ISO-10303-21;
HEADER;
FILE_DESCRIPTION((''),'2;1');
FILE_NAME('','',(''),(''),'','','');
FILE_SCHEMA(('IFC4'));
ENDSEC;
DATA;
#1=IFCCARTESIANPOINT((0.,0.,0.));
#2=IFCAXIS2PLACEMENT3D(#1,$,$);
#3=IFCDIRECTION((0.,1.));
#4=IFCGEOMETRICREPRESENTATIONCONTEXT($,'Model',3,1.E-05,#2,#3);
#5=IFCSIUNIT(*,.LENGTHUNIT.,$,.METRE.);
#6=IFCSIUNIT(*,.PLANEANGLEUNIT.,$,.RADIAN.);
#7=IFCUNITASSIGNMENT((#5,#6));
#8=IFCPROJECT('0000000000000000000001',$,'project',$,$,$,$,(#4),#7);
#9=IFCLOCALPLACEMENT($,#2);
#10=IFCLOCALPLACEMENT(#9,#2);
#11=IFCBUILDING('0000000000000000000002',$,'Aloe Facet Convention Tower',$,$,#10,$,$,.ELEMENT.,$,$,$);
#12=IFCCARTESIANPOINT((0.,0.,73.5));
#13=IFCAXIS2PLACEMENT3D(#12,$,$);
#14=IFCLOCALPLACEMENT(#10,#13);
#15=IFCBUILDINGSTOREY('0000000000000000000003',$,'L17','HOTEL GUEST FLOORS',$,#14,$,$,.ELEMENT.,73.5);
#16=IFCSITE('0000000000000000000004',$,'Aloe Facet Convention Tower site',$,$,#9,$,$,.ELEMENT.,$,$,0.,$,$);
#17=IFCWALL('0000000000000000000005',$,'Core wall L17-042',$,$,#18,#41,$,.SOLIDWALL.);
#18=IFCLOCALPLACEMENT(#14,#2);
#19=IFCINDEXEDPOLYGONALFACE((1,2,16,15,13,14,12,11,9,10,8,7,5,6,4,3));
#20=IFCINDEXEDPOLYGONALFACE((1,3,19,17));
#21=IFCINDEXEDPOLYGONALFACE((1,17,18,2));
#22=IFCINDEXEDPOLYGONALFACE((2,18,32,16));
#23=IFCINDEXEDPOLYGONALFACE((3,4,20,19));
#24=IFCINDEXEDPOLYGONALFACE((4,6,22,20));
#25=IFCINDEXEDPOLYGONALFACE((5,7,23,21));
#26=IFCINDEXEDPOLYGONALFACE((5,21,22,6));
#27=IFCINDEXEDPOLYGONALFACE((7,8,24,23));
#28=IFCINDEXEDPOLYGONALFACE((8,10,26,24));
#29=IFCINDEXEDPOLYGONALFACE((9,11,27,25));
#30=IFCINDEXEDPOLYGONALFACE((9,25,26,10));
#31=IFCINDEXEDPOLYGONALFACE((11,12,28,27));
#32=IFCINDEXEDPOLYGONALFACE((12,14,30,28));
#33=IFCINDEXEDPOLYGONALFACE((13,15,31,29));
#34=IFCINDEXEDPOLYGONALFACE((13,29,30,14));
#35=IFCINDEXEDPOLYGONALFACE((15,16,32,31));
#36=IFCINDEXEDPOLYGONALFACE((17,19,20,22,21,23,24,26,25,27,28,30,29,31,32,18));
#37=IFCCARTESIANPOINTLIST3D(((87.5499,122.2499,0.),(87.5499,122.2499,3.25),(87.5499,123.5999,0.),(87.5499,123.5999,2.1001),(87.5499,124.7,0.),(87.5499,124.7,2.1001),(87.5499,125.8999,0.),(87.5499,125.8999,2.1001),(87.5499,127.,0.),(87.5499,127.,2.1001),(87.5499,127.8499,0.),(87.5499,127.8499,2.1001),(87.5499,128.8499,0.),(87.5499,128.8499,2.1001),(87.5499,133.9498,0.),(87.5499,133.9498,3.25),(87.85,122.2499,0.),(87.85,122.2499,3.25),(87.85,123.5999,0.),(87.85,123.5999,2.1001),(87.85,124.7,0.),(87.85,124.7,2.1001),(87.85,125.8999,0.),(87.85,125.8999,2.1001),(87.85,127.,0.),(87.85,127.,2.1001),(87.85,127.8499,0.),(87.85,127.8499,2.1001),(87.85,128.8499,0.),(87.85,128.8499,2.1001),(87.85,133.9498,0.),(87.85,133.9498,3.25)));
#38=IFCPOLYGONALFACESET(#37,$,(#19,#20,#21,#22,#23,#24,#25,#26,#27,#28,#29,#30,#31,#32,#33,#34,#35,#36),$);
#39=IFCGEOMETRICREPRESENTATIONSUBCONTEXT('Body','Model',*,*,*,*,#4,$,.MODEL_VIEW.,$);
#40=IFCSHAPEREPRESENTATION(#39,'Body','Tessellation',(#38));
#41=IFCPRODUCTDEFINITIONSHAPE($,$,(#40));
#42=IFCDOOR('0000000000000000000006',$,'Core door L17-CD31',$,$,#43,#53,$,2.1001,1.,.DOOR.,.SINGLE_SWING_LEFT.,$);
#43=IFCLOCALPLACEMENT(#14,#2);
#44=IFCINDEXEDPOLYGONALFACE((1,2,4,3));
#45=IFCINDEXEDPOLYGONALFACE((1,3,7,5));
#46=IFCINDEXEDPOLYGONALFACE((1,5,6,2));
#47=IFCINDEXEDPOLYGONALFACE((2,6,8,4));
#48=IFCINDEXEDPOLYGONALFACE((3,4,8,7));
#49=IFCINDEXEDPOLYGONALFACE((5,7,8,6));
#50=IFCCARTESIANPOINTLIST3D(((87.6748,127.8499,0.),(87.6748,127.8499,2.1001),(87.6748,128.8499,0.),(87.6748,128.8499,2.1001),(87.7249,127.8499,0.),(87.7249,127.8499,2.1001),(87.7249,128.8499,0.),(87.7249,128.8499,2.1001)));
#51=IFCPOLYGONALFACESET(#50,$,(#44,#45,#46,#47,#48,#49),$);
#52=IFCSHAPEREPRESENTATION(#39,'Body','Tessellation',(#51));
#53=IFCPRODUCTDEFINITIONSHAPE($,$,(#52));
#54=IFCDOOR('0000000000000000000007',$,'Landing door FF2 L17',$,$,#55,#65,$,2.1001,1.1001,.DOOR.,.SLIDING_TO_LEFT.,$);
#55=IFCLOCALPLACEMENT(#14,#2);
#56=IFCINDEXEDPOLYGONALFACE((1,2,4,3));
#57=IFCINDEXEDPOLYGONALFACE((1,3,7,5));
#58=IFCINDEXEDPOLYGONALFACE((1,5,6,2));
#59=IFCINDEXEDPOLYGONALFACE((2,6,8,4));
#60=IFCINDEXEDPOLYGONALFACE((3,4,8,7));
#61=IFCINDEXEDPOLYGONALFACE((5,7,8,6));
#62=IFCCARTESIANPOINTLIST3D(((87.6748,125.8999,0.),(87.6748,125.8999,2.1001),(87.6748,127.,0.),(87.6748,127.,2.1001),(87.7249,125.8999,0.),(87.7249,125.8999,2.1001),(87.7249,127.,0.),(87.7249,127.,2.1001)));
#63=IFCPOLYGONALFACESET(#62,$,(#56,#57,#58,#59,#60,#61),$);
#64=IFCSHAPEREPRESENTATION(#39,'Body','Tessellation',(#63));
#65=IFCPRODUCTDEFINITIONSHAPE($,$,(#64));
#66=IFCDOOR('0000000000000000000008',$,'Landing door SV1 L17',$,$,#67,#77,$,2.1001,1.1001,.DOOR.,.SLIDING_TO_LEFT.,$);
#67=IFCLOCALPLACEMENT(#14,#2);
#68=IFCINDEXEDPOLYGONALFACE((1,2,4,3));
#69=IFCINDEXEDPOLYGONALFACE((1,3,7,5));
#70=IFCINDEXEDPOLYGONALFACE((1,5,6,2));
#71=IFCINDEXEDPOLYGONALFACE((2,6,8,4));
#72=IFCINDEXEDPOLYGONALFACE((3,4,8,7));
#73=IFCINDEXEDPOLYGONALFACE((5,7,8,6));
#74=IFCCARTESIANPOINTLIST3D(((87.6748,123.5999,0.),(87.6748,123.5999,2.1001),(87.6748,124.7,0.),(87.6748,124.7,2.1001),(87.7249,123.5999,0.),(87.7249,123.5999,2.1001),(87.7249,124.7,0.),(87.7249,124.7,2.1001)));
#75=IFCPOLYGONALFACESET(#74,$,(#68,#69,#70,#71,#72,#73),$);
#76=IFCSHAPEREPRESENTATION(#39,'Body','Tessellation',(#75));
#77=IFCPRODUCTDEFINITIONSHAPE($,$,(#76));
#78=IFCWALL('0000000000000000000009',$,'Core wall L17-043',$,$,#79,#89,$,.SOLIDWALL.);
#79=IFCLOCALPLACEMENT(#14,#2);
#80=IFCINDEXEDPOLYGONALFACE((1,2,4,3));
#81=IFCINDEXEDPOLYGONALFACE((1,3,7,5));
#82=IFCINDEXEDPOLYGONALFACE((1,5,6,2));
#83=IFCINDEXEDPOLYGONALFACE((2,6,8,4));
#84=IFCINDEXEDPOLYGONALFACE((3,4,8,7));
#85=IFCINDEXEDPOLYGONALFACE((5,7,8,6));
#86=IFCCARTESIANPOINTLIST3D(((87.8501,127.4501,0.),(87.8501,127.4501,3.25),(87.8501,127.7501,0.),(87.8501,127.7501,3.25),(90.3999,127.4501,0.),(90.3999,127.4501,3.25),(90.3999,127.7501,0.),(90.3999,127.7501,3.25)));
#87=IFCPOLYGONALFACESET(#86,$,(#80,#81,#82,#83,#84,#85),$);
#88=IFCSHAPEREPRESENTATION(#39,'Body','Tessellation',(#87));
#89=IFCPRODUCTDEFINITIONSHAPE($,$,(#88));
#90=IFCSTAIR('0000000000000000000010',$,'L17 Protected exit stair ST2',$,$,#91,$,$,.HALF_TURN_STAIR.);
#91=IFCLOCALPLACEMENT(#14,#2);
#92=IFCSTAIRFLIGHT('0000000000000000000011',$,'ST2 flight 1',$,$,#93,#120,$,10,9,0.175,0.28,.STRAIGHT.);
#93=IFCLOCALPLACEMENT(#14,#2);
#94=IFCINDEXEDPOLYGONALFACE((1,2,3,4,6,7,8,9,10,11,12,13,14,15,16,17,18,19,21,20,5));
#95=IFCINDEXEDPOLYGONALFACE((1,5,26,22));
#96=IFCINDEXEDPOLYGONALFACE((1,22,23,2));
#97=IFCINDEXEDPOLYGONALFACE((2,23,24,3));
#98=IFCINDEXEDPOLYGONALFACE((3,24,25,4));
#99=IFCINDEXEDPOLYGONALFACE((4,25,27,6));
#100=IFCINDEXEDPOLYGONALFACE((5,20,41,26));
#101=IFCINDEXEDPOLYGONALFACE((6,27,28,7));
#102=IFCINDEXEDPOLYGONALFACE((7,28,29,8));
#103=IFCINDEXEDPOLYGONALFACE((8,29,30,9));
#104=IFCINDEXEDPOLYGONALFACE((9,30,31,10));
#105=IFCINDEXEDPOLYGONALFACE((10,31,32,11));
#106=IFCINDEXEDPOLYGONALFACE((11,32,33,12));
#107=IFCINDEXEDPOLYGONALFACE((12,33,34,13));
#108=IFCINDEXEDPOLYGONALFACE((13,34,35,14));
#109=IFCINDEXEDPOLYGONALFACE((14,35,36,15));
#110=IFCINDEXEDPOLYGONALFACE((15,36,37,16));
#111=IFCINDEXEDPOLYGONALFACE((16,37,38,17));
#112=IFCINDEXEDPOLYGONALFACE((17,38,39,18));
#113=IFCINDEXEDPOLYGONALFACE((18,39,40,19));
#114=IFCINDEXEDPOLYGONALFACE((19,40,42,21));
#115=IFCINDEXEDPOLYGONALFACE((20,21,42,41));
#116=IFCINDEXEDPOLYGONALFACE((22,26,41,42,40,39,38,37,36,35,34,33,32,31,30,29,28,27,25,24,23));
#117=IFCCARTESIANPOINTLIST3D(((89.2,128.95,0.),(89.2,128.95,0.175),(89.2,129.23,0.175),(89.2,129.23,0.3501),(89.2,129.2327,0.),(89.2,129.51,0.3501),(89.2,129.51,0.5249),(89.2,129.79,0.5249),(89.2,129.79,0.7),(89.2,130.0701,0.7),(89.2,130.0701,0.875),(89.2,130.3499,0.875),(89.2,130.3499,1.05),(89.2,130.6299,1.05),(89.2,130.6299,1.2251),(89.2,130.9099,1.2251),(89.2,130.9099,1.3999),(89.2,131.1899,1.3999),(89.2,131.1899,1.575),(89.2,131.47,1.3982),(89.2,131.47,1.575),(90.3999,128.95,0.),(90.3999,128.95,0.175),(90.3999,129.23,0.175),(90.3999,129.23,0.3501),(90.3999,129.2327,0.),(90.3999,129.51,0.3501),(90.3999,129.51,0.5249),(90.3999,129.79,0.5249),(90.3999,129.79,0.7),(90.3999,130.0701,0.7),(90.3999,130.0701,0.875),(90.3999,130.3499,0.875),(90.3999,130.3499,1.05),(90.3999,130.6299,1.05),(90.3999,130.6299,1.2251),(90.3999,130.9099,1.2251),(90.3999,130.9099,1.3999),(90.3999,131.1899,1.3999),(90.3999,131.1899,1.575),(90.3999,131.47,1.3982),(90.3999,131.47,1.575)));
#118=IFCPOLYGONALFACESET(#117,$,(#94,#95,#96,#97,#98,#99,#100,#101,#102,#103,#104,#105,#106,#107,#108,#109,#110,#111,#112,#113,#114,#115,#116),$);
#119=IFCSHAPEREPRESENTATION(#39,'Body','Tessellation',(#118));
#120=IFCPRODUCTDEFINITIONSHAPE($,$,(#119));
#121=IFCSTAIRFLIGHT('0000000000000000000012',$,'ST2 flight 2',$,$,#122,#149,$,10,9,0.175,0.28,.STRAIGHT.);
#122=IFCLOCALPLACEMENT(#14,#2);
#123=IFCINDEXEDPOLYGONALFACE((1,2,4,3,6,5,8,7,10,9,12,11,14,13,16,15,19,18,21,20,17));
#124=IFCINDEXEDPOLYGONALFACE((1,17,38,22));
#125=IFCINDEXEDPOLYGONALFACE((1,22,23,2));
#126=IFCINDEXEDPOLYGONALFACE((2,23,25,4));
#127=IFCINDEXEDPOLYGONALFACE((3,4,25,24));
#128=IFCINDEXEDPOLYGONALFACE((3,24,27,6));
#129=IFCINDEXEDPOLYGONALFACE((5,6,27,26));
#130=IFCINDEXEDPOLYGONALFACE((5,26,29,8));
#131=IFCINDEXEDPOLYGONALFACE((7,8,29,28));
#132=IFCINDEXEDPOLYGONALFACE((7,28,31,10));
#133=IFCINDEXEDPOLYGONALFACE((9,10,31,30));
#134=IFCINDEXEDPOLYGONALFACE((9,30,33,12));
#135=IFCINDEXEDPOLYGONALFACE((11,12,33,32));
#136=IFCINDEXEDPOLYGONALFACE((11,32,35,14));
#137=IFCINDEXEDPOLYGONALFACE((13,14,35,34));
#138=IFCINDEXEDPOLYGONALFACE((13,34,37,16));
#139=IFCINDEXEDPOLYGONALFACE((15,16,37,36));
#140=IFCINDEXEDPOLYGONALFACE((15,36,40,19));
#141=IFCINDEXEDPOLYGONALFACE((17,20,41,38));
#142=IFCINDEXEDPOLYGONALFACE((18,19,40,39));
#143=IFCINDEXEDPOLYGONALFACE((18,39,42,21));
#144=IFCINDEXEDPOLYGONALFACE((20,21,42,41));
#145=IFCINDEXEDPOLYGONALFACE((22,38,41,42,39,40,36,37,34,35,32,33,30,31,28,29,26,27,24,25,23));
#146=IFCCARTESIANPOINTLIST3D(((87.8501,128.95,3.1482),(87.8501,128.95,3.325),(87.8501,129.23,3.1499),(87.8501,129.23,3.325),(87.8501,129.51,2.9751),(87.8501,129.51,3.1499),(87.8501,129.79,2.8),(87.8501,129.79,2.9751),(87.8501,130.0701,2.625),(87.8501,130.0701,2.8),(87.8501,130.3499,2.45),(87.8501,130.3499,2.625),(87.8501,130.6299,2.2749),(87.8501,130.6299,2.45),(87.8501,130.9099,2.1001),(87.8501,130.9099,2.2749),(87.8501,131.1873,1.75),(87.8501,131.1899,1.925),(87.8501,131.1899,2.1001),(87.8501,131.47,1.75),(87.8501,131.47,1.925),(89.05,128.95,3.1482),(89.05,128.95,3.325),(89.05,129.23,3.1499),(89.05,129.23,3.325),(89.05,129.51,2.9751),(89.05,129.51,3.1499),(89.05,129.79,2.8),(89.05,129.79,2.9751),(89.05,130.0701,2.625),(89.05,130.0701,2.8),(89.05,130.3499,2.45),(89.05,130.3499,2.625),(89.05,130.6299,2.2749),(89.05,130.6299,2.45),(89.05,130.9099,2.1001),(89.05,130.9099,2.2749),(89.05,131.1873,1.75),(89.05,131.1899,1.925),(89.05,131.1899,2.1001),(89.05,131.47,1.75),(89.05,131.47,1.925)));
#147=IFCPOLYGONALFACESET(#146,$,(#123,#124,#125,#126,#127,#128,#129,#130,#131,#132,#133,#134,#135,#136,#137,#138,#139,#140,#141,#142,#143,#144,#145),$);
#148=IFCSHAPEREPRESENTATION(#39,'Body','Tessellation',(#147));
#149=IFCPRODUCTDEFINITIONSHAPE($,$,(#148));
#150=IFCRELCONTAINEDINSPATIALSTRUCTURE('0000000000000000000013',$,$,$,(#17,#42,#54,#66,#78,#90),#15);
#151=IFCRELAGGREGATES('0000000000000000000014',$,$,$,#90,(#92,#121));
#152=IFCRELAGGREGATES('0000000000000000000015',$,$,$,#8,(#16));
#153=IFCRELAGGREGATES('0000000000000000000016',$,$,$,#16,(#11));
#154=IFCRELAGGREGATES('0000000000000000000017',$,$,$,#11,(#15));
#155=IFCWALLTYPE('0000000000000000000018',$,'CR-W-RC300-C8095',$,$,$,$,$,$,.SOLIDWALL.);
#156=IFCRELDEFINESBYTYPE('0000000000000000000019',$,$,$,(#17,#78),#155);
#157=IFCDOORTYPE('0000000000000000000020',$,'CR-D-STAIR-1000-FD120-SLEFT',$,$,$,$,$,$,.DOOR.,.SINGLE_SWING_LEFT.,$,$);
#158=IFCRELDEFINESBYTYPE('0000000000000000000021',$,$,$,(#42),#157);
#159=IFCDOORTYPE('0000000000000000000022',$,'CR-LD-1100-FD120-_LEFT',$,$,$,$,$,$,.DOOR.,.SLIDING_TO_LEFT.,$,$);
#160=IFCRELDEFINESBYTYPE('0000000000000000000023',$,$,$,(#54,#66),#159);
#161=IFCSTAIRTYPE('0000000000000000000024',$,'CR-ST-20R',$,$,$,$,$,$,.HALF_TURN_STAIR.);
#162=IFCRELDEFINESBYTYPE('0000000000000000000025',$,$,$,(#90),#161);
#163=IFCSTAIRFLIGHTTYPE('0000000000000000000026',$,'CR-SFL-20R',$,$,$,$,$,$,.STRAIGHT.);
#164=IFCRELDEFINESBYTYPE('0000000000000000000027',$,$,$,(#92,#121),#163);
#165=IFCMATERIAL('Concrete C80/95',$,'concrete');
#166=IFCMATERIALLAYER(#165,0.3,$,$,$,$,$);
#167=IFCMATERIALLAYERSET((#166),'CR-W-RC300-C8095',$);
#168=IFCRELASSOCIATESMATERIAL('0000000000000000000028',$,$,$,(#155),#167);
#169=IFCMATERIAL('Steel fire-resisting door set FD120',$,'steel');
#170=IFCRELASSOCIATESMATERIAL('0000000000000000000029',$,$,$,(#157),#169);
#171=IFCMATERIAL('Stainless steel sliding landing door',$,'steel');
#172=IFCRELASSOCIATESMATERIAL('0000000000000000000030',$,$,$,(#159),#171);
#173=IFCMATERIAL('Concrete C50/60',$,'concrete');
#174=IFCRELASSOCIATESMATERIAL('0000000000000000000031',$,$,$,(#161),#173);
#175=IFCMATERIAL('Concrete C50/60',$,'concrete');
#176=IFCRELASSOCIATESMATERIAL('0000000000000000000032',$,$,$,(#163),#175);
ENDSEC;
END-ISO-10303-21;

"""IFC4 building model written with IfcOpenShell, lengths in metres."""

from ifc_helpers import new_model, si_unit, direction, frame, frame_2d, origin, place, context, subcontext, project, spatial, polyline, rectangle, outline, extrude, material, layer, layer_set, type_object, element, fill, aggregate, save


model = new_model("IFC4")

# Units and contexts
model_context = context("Model", 3, precision=1e-05, world=origin(), true_north=direction((0.0, 1.0)))
body_context = subcontext(model_context, "Body", "Model", "MODEL_VIEW")
ifc_project = project(units=[si_unit("LENGTHUNIT", "METRE"), si_unit("PLANEANGLEUNIT", "RADIAN")], contexts=[model_context])

# Site, building, storey
site_placement = place(None, origin())
site = spatial("IfcSite", under=ifc_project, at=site_placement, Name="Aloe Facet Convention Tower site", CompositionType="ELEMENT", RefElevation=0.0)
building_placement = place(site_placement, origin())
building = spatial("IfcBuilding", under=site, at=building_placement, Name="Aloe Facet Convention Tower", CompositionType="ELEMENT")
storey_placement = place(building_placement, frame((0.0, 0.0, 73.5)))
storey = spatial("IfcBuildingStorey", under=building, at=storey_placement, Name="L17", Description="HOTEL GUEST FLOORS", CompositionType="ELEMENT", Elevation=73.5)

# Shared definitions
ifc_material_1 = material(Name="Concrete C80/95", Category="concrete")
ifc_layer_1 = layer(ifc_material_1, 0.3)
ifc_layer_set_1 = layer_set([ifc_layer_1], Name="CR-W-RC300-C8095")
wall_type_1 = type_object("IfcWallType", Name="CR-W-RC300-C8095", PredefinedType="SOLIDWALL", material=ifc_layer_set_1)

# Wall, openings, doors
wall_1_placement = place(storey_placement, frame((87.7, 133.95, 0.0), z_axis=(0.0, 0.0, 1.0), x_axis=(0.0, -1.0, 0.0)))
wall_1 = element("IfcWall", 1, at=wall_1_placement, inside=storey, type_object=wall_type_1, Name="Core wall L17-042", PredefinedType="SOLIDWALL", context=body_context, shape_type="SweptSolid", body=[
    extrude(rectangle(XDim=11.7, YDim=0.3, at=frame_2d((5.8501, 0.0))), origin(), (0.0, 0.0, 1.0), 3.25),
])
opening_1_placement = place(wall_1_placement, frame((6.95, 0.0, 0.0)))
opening_1 = element("IfcOpeningElement", 2, at=opening_1_placement, cuts=wall_1, PredefinedType="OPENING", context=body_context, shape_type="SweptSolid", body=[
    extrude(rectangle(XDim=1.1001, YDim=2.1001, at=frame_2d((0.55, 1.05))), frame((0.0, 0.1602, 0.0), z_axis=(0.0, -1.0, 0.0), x_axis=(1.0, 0.0, 0.0)), (0.0, 0.0, 1.0), 0.3201),
])
opening_2_placement = place(wall_1_placement, frame((5.1001, 0.0, 0.0)))
opening_2 = element("IfcOpeningElement", 3, at=opening_2_placement, cuts=wall_1, PredefinedType="OPENING", context=body_context, shape_type="SweptSolid", body=[
    extrude(rectangle(XDim=1.0, YDim=2.1001, at=frame_2d((0.5, 1.05))), frame((0.0, 0.1602, 0.0), z_axis=(0.0, -1.0, 0.0), x_axis=(1.0, 0.0, 0.0)), (0.0, 0.0, 1.0), 0.3201),
])
opening_3_placement = place(wall_1_placement, frame((9.25, 0.0, 0.0)))
opening_3 = element("IfcOpeningElement", 4, at=opening_3_placement, cuts=wall_1, PredefinedType="OPENING", context=body_context, shape_type="SweptSolid", body=[
    extrude(rectangle(XDim=1.1001, YDim=2.1001, at=frame_2d((0.55, 1.05))), frame((0.0, 0.1602, 0.0), z_axis=(0.0, -1.0, 0.0), x_axis=(1.0, 0.0, 0.0)), (0.0, 0.0, 1.0), 0.3201),
])
ifc_material_2 = material(Name="Steel fire-resisting door set FD120", Category="steel")
door_type_1 = type_object("IfcDoorType", Name="CR-D-STAIR-1000-FD120-SLEFT", OperationType="SINGLE_SWING_LEFT", PredefinedType="DOOR", material=ifc_material_2)
door_1_placement = place(opening_2_placement, origin())
door_1 = element("IfcDoor", 5, at=door_1_placement, inside=storey, type_object=door_type_1, Name="Core door L17-CD31", OperationType="SINGLE_SWING_LEFT", OverallHeight=2.1001, OverallWidth=1.0, PredefinedType="DOOR", context=body_context, shape_type="SweptSolid", body=[
    extrude(rectangle(XDim=1.0, YDim=2.1001, at=frame_2d((0.5, 1.05))), frame((0.0, 0.0249, 0.0), z_axis=(0.0, -1.0, 0.0), x_axis=(1.0, 0.0, 0.0)), (0.0, 0.0, 1.0), 0.05),
])
fill(opening_2, door_1)
ifc_material_3 = material(Name="Stainless steel sliding landing door", Category="steel")
door_type_2 = type_object("IfcDoorType", Name="CR-LD-1100-FD120-_LEFT", OperationType="SLIDING_TO_LEFT", PredefinedType="DOOR", material=ifc_material_3)
door_2_placement = place(opening_1_placement, origin())
door_2 = element("IfcDoor", 6, at=door_2_placement, inside=storey, type_object=door_type_2, Name="Landing door FF2 L17", OperationType="SLIDING_TO_LEFT", OverallHeight=2.1001, OverallWidth=1.1001, PredefinedType="DOOR", context=body_context, shape_type="SweptSolid", body=[
    extrude(rectangle(XDim=1.1001, YDim=2.1001, at=frame_2d((0.55, 1.05))), frame((0.0, 0.0249, 0.0), z_axis=(0.0, -1.0, 0.0), x_axis=(1.0, 0.0, 0.0)), (0.0, 0.0, 1.0), 0.05),
])
fill(opening_1, door_2)
door_3_placement = place(opening_3_placement, origin())
door_3 = element("IfcDoor", 7, at=door_3_placement, inside=storey, type_object=door_type_2, Name="Landing door SV1 L17", OperationType="SLIDING_TO_LEFT", OverallHeight=2.1001, OverallWidth=1.1001, PredefinedType="DOOR", context=body_context, shape_type="SweptSolid", body=[
    extrude(rectangle(XDim=1.1001, YDim=2.1001, at=frame_2d((0.55, 1.05))), frame((0.0, 0.0249, 0.0), z_axis=(0.0, -1.0, 0.0), x_axis=(1.0, 0.0, 0.0)), (0.0, 0.0, 1.0), 0.05),
])
fill(opening_3, door_3)

# Wall
wall_2_placement = place(storey_placement, frame((87.8501, 127.6001, 0.0), z_axis=(0.0, 0.0, 1.0), x_axis=(1.0, 0.0, 0.0)))
element("IfcWall", 8, at=wall_2_placement, inside=storey, type_object=wall_type_1, Name="Core wall L17-043", PredefinedType="SOLIDWALL", context=body_context, shape_type="SweptSolid", body=[
    extrude(rectangle(XDim=2.5498, YDim=0.3, at=frame_2d((1.2749, 0.0))), origin(), (0.0, 0.0, 1.0), 3.25),
])

# Stair, stair flights
ifc_material_4 = material(Name="Concrete C50/60", Category="concrete")
stair_type = type_object("IfcStairType", Name="CR-ST-20R", PredefinedType="HALF_TURN_STAIR", material=ifc_material_4)
stair_placement = place(storey_placement, origin())
stair = element("IfcStair", 9, at=stair_placement, inside=storey, type_object=stair_type, Name="L17 Protected exit stair ST2", PredefinedType="HALF_TURN_STAIR")
ifc_material_5 = material(Name="Concrete C50/60", Category="concrete")
stair_flight_type = type_object("IfcStairFlightType", Name="CR-SFL-20R", PredefinedType="STRAIGHT", material=ifc_material_5)
stair_flight_1_placement = place(storey_placement, frame((89.8, 128.95, 0.0), z_axis=(0.0, 0.0, 1.0), x_axis=(0.0, 1.0, 0.0)))
stair_flight_1 = element("IfcStairFlight", 10, at=stair_flight_1_placement, type_object=stair_flight_type, Name="ST2 flight 1", NumberOfRisers=10, NumberOfTreads=9, PredefinedType="STRAIGHT", RiserHeight=0.175, TreadLength=0.28, context=body_context, shape_type="SweptSolid", body=[
    extrude(outline(polyline([(0.0, 0.0), (0.0, 0.175), (0.28, 0.175), (0.28, 0.3501), (0.5601, 0.3501), (0.5601, 0.5249), (0.8401, 0.5249), (0.8401, 0.7), (1.1201, 0.7), (1.1201, 0.875), (1.3999, 0.875), (1.3999, 1.05), (1.6799, 1.05), (1.6799, 1.2251), (1.96, 1.2251), (1.96, 1.3999), (2.24, 1.3999), (2.24, 1.575), (2.52, 1.575), (2.52, 1.75), (2.52, 1.3982), (0.2827, 0.0), (0.0, 0.0)])), frame((0.0, 0.6001, 0.0), z_axis=(0.0, -1.0, 0.0), x_axis=(1.0, 0.0, 0.0)), (0.0, 0.0, 1.0), 1.2),
])
stair_flight_2_placement = place(storey_placement, frame((88.45, 131.47, 1.75), z_axis=(0.0, 0.0, 1.0), x_axis=(0.0, -1.0, 0.0)))
stair_flight_2 = element("IfcStairFlight", 11, at=stair_flight_2_placement, type_object=stair_flight_type, Name="ST2 flight 2", NumberOfRisers=10, NumberOfTreads=9, PredefinedType="STRAIGHT", RiserHeight=0.175, TreadLength=0.28, context=body_context, shape_type="SweptSolid", body=[
    extrude(outline(polyline([(0.0, 0.0), (0.0, 0.175), (0.28, 0.175), (0.28, 0.3501), (0.5601, 0.3501), (0.5601, 0.5249), (0.8401, 0.5249), (0.8401, 0.7), (1.1201, 0.7), (1.1201, 0.875), (1.3999, 0.875), (1.3999, 1.05), (1.6799, 1.05), (1.6799, 1.2251), (1.96, 1.2251), (1.96, 1.3999), (2.24, 1.3999), (2.24, 1.575), (2.52, 1.575), (2.52, 1.75), (2.52, 1.3982), (0.2827, 0.0), (0.0, 0.0)])), frame((0.0, 0.6001, 0.0), z_axis=(0.0, -1.0, 0.0), x_axis=(1.0, 0.0, 0.0)), (0.0, 0.0, 1.0), 1.2),
])
aggregate(stair, [stair_flight_1, stair_flight_2])

save(model, "model.ifc")
